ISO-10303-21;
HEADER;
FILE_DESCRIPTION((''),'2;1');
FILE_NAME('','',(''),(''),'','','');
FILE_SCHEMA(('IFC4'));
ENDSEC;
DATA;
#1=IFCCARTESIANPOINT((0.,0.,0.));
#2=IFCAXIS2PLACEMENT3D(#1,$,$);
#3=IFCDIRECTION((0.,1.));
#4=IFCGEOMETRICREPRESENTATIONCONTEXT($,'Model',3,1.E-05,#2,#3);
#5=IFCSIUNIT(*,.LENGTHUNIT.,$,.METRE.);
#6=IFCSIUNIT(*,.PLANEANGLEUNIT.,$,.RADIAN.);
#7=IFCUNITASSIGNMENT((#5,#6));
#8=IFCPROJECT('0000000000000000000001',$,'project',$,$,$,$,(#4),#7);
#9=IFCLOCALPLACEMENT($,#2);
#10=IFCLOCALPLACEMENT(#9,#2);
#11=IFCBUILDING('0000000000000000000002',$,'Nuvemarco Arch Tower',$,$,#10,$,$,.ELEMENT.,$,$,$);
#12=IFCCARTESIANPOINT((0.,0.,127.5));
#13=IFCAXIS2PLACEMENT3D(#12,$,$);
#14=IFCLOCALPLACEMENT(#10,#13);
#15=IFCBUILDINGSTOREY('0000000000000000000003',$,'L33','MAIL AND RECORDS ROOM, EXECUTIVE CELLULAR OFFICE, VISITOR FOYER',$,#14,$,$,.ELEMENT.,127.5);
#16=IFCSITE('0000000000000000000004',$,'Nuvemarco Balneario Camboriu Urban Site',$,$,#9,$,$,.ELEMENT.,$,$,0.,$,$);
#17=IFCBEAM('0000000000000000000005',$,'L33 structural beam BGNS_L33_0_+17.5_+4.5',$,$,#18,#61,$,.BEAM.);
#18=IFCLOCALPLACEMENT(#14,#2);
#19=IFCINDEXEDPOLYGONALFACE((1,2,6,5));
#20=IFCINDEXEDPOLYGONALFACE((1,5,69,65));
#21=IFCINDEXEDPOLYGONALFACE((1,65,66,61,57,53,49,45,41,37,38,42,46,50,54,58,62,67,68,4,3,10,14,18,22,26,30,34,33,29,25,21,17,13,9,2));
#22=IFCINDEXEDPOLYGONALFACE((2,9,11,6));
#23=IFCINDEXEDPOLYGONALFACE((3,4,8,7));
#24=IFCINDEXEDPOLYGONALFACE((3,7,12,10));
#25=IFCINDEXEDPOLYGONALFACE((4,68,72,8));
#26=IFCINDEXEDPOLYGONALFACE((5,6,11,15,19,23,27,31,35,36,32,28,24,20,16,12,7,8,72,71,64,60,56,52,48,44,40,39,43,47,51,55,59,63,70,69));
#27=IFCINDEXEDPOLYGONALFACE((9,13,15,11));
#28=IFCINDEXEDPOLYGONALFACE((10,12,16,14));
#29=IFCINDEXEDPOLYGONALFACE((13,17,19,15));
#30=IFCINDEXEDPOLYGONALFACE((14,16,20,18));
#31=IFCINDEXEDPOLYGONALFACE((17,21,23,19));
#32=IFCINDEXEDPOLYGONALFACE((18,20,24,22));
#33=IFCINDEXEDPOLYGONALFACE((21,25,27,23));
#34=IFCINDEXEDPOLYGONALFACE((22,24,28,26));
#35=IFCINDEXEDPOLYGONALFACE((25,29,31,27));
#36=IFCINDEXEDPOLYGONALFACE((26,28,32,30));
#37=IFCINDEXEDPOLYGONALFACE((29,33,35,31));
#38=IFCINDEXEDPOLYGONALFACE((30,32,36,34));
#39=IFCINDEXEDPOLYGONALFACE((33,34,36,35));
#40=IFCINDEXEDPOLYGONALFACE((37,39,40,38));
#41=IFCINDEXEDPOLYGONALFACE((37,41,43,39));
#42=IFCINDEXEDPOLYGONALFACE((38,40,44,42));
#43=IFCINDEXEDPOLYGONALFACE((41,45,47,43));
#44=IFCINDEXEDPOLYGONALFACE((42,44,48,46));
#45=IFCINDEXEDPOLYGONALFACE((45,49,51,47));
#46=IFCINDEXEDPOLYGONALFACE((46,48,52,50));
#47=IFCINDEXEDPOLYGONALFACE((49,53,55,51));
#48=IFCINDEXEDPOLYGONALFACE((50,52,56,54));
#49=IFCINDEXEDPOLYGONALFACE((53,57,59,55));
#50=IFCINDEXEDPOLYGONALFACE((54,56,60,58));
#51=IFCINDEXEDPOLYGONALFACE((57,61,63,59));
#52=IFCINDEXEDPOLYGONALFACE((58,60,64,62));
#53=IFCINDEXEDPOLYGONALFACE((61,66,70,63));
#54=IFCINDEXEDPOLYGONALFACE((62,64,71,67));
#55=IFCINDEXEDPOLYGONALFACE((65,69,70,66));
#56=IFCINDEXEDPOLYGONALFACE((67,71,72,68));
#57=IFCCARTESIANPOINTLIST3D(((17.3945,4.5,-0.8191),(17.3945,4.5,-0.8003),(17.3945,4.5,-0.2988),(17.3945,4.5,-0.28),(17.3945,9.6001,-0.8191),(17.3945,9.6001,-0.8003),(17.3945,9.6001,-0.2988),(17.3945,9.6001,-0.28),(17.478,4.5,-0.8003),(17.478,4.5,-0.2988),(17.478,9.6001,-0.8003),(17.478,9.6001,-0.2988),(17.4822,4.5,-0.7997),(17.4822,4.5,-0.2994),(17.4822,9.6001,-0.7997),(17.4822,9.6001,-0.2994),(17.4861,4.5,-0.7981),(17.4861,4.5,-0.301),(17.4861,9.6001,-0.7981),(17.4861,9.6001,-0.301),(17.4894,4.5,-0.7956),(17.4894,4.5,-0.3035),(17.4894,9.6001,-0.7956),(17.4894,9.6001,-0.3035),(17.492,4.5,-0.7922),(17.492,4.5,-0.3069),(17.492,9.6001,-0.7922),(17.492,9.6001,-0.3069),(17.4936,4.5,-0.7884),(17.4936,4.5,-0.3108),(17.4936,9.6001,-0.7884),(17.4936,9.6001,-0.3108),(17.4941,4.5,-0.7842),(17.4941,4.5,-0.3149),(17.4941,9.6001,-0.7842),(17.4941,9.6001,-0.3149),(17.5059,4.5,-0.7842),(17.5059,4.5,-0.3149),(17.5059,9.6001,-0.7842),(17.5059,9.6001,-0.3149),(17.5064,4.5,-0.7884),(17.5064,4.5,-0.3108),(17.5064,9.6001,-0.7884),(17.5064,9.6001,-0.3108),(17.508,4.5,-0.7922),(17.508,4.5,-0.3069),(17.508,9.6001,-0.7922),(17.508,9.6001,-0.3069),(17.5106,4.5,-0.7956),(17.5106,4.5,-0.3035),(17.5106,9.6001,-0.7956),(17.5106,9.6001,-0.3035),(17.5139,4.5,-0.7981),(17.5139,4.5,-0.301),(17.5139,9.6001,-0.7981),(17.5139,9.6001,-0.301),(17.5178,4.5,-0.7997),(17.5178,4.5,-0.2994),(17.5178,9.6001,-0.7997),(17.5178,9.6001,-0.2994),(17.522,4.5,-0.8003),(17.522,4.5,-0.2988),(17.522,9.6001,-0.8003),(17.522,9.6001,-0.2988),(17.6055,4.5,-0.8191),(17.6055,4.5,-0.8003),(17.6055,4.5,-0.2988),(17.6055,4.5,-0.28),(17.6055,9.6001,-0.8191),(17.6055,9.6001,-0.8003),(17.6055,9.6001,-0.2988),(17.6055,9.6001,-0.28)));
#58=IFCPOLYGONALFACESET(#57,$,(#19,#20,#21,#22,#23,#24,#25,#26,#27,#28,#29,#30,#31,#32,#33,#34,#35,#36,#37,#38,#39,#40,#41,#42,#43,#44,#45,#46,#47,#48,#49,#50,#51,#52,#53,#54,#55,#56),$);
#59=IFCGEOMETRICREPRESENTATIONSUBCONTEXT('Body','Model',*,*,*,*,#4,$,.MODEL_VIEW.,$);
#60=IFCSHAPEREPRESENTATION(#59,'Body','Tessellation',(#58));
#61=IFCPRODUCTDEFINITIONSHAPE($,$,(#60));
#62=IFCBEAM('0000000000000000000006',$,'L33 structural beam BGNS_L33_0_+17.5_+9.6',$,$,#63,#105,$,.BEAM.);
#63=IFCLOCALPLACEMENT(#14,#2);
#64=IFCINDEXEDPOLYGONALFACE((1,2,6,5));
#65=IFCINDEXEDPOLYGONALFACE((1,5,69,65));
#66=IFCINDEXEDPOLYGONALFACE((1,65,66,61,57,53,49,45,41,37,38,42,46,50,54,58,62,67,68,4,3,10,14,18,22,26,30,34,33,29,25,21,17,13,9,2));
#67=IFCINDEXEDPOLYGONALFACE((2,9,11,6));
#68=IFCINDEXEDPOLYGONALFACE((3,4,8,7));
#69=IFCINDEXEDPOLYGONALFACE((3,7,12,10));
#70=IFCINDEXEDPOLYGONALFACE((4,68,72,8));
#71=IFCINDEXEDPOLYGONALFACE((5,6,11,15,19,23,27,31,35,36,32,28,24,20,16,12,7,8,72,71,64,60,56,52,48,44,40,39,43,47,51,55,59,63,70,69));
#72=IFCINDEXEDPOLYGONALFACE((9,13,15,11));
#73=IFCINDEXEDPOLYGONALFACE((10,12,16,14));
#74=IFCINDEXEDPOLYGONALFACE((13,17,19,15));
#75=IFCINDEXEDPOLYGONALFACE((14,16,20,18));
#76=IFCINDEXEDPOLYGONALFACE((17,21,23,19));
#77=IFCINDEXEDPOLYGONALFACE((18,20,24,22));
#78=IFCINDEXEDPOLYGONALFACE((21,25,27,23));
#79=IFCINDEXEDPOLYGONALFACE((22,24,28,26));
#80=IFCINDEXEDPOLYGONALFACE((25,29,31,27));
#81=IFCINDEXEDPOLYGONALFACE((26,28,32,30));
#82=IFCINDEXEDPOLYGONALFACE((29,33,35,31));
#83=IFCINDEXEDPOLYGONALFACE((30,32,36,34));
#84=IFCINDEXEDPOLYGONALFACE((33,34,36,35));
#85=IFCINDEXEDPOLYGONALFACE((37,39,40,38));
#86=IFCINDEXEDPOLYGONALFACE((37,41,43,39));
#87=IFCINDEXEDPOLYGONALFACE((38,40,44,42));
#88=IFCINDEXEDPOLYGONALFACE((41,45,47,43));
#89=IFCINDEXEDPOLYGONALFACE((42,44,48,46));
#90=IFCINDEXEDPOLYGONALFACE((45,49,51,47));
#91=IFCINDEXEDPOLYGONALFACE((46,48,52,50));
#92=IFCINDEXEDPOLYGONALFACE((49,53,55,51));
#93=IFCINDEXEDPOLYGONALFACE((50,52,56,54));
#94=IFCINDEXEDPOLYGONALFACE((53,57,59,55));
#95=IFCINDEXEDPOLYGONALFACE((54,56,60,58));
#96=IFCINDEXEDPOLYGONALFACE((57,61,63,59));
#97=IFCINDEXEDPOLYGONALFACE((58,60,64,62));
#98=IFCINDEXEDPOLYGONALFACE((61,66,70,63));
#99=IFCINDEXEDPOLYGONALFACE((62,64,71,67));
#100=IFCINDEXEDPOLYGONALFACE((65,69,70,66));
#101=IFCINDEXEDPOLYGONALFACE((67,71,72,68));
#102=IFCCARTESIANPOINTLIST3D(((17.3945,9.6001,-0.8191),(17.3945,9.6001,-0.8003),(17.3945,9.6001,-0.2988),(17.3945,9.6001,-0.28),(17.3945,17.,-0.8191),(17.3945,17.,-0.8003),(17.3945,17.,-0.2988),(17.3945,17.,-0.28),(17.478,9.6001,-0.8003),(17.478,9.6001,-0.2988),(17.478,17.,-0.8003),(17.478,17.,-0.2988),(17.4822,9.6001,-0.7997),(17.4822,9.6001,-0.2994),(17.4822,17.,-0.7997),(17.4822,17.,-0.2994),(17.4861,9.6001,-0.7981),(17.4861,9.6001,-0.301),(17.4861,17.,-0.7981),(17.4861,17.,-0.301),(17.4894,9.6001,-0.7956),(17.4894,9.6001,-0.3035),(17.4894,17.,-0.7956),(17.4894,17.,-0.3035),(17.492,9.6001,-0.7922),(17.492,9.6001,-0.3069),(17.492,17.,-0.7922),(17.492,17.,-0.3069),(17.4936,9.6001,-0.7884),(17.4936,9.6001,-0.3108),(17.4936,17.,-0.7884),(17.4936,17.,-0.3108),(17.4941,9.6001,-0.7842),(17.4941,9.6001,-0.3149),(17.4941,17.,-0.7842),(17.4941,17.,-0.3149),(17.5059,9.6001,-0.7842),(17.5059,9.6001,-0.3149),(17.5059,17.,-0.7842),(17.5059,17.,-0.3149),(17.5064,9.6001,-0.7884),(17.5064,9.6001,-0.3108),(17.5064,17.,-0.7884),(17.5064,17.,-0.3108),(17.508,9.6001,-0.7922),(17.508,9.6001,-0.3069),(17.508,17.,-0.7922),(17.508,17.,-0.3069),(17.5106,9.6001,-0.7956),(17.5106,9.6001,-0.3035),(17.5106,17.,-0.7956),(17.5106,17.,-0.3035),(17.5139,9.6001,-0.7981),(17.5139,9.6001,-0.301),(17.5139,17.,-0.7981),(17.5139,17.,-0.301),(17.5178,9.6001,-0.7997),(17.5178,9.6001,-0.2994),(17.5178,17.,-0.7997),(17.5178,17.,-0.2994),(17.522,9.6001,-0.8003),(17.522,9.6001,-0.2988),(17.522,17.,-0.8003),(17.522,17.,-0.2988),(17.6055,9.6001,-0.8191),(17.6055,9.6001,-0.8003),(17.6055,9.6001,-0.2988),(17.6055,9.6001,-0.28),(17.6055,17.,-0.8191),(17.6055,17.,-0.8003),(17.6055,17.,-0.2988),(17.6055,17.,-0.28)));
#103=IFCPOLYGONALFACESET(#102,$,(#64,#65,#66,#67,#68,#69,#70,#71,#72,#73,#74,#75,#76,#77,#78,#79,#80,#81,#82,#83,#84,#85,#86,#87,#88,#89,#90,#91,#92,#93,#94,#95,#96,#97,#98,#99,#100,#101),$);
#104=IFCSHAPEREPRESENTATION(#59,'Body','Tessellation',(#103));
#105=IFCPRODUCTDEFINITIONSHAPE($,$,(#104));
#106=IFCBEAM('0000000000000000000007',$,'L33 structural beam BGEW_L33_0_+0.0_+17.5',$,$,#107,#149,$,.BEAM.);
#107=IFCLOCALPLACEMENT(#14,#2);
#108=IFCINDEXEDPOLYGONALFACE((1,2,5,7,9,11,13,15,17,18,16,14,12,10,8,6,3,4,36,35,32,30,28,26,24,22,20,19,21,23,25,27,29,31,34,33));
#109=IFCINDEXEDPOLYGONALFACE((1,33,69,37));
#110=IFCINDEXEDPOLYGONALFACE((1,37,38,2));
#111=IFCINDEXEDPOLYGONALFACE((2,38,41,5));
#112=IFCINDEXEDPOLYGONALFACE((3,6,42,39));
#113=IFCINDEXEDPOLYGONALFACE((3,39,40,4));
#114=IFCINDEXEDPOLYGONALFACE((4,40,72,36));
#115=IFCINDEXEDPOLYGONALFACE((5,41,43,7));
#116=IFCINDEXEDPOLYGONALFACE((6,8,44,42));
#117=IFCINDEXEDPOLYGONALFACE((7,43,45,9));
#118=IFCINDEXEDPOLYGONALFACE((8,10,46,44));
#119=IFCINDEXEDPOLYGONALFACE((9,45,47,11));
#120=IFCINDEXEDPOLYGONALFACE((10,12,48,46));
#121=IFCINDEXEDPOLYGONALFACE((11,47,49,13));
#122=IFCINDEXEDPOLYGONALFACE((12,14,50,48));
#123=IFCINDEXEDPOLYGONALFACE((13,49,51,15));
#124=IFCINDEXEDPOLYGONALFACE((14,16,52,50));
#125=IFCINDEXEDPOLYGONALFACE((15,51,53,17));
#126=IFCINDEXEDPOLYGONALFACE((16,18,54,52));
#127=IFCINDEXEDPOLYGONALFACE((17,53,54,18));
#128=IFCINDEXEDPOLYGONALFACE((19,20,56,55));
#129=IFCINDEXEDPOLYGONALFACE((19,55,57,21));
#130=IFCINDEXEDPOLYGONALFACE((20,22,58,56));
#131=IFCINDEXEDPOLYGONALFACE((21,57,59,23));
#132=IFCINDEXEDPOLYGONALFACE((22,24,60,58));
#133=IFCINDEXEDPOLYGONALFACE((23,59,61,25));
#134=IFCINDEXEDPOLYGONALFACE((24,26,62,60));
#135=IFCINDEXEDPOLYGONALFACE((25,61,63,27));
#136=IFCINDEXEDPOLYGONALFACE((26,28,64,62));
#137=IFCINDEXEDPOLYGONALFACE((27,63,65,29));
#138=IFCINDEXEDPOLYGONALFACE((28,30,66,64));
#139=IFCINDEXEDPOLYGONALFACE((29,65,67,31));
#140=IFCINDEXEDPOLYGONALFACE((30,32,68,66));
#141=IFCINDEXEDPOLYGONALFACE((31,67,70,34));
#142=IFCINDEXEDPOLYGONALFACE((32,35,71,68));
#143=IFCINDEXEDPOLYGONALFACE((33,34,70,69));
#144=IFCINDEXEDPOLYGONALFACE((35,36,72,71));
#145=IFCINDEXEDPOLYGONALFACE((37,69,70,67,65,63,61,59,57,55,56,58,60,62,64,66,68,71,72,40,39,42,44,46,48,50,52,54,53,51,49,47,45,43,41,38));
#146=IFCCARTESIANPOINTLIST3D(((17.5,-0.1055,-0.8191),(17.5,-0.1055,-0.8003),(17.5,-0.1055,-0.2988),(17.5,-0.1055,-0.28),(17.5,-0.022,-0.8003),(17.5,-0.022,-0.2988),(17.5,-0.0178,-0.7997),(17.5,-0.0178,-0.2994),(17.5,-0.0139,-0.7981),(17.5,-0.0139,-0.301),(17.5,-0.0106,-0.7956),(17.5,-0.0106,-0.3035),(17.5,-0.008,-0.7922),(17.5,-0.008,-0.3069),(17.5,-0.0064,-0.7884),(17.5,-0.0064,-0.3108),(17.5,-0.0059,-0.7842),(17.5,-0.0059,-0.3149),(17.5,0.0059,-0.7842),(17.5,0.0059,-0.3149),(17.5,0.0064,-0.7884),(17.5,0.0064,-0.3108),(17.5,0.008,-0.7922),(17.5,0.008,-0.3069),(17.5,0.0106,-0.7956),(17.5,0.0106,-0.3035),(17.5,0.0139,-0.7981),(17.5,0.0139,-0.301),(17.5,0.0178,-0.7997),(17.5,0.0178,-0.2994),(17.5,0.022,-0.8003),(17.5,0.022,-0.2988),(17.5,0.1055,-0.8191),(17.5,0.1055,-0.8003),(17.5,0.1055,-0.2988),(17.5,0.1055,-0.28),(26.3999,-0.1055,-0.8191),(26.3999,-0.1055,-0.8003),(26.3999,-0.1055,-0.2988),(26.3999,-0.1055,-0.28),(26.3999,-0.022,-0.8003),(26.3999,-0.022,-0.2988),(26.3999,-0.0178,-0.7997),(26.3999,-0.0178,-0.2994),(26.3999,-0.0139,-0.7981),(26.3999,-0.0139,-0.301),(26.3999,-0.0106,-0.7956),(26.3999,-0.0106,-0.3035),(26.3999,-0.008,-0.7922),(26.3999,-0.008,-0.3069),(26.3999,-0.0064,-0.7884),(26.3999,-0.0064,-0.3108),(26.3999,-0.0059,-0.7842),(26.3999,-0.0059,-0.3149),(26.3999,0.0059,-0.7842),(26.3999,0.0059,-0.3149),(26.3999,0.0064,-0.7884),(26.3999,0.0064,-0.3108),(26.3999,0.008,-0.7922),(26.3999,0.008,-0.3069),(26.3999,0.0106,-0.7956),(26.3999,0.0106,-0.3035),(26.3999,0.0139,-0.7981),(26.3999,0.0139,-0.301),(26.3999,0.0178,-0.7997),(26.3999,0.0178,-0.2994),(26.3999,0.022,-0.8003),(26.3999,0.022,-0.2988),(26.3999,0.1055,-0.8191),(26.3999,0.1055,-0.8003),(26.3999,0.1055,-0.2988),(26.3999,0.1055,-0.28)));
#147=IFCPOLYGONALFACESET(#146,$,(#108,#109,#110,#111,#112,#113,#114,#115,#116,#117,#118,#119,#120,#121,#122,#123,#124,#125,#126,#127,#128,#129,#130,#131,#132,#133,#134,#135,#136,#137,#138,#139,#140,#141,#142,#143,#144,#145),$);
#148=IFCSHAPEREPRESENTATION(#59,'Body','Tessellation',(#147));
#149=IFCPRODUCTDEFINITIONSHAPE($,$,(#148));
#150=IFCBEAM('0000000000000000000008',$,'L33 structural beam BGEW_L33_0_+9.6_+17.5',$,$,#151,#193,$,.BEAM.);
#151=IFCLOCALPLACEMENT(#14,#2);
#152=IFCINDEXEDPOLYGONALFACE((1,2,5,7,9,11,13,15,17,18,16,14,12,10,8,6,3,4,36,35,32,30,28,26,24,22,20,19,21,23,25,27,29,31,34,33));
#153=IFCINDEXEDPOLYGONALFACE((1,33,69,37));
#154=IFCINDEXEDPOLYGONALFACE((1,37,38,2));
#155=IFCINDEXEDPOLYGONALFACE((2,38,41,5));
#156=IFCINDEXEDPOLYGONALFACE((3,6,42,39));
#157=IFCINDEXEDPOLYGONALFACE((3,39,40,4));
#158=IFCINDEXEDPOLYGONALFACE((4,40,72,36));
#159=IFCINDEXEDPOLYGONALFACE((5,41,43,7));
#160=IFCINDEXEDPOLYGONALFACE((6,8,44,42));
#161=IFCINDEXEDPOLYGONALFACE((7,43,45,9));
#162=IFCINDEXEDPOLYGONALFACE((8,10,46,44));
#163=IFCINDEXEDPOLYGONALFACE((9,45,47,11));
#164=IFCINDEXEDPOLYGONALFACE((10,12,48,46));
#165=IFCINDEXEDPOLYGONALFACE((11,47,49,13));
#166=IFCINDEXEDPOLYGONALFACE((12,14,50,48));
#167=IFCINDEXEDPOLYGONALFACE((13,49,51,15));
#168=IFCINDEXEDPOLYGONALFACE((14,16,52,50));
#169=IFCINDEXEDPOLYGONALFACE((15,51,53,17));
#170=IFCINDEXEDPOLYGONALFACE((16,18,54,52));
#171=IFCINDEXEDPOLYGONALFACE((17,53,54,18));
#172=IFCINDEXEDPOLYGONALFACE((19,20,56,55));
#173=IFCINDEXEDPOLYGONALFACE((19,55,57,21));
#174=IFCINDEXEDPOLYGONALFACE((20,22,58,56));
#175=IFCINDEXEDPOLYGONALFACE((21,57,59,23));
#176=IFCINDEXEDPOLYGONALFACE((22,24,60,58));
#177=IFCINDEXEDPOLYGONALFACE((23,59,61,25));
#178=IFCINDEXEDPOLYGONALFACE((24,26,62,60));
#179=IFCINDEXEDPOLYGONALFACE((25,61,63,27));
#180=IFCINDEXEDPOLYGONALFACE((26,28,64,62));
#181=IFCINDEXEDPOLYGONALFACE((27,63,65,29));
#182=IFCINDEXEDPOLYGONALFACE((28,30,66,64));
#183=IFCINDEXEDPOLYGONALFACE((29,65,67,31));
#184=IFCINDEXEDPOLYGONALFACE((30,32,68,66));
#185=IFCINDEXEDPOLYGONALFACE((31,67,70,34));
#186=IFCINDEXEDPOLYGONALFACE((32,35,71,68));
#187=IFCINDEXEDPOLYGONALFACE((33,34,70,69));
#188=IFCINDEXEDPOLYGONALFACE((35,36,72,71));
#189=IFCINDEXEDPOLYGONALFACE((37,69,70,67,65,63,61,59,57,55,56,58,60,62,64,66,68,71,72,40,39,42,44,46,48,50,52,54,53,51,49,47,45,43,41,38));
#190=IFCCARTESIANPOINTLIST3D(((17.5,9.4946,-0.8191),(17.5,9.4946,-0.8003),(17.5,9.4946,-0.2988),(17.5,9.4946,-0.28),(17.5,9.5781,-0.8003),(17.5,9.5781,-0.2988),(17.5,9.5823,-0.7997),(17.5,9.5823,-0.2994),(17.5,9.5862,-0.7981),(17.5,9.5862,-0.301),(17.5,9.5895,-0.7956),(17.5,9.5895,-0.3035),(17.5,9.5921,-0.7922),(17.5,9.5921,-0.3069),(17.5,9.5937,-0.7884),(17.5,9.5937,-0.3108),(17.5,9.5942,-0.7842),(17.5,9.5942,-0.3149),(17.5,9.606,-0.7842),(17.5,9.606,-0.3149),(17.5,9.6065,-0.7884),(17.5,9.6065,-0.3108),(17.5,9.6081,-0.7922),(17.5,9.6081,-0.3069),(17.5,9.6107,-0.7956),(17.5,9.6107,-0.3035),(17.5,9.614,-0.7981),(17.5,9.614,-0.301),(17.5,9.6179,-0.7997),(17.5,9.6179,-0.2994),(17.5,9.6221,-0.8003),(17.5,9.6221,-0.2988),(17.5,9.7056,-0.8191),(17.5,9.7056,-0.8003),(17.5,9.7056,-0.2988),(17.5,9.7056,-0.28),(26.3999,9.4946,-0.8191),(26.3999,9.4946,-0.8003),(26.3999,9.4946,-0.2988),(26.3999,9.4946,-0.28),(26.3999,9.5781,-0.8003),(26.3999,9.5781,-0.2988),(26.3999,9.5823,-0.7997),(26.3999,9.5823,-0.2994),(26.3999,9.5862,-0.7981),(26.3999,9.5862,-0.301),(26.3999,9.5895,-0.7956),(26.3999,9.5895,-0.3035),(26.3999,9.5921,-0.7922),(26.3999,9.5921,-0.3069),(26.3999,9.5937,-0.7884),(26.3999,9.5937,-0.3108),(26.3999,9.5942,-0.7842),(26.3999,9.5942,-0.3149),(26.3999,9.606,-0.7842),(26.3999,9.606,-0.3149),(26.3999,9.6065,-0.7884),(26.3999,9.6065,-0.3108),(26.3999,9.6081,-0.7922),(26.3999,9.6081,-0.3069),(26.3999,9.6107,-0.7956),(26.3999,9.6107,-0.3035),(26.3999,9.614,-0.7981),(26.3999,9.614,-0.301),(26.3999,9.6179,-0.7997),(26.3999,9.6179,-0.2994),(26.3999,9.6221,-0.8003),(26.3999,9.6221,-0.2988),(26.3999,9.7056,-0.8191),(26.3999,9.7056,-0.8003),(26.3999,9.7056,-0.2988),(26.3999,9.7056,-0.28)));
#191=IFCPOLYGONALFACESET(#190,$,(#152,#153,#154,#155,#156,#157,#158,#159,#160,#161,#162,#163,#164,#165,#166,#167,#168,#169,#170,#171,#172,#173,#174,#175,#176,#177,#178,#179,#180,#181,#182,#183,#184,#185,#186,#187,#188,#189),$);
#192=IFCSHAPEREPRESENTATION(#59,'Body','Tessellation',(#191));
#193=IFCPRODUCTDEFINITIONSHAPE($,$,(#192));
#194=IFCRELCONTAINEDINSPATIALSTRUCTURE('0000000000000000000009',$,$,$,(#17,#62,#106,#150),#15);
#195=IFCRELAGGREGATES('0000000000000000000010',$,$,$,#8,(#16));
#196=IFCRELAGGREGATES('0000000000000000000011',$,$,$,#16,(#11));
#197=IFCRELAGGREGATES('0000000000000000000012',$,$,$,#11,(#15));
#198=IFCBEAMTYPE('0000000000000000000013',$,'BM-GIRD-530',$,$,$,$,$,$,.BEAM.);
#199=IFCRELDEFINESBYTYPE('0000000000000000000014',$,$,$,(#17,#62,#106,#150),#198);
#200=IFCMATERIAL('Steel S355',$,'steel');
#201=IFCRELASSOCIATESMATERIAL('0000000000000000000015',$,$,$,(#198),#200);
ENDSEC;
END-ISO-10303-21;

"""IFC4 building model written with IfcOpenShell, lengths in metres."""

from ifc_helpers import new_model, si_unit, direction, frame, origin, origin_2d, place, context, subcontext, project, spatial, i_section, extrude, material, material_profile, profile_set, type_object, element, save


model = new_model("IFC4")

# Units and contexts
model_context = context("Model", 3, precision=1e-05, world=origin(), true_north=direction((0.0, 1.0)))
body_context = subcontext(model_context, "Body", "Model", "MODEL_VIEW")
ifc_project = project(units=[si_unit("LENGTHUNIT", "METRE"), si_unit("PLANEANGLEUNIT", "RADIAN")], contexts=[model_context])

# Site, building, storey
site_placement = place(None, origin())
site = spatial("IfcSite", under=ifc_project, at=site_placement, Name="Nuvemarco Balneario Camboriu Urban Site", CompositionType="ELEMENT", RefElevation=0.0)
building_placement = place(site_placement, origin())
building = spatial("IfcBuilding", under=site, at=building_placement, Name="Nuvemarco Arch Tower", CompositionType="ELEMENT")
storey_placement = place(building_placement, frame((0.0, 0.0, 127.5)))
storey = spatial("IfcBuildingStorey", under=building, at=storey_placement, Name="L33", Description="MAIL AND RECORDS ROOM, EXECUTIVE CELLULAR OFFICE, VISITOR FOYER", CompositionType="ELEMENT", Elevation=127.5)

# Shared definitions
ifc_material_1 = material(Name="Steel S355", Category="steel")

# Beams
ifc_material_profile_1 = material_profile(ifc_material_1, i_section(OverallWidth=0.2109, OverallDepth=0.5391, WebThickness=0.0117, FlangeThickness=0.0188, FilletRadius=0.0161, at=origin_2d()), Name="W530x109")
ifc_profile_set_1 = profile_set([ifc_material_profile_1], Name="Steel S355")
beam_type_1 = type_object("IfcBeamType", Name="BM-GIRD-530", PredefinedType="BEAM", material=ifc_profile_set_1)
beam_1_placement = place(storey_placement, frame((17.5, 4.5, -0.5496), z_axis=(0.0, 1.0, 0.0), x_axis=(-1.0, 0.0, 0.0)))
element("IfcBeam", 1, at=beam_1_placement, inside=storey, type_object=beam_type_1, Name="L33 structural beam BGNS_L33_0_+17.5_+4.5", PredefinedType="BEAM", context=body_context, shape_type="SweptSolid", body=[
    extrude(i_section(OverallWidth=0.2109, OverallDepth=0.5391, WebThickness=0.0117, FlangeThickness=0.0188, FilletRadius=0.0161, at=origin_2d()), origin(), (0.0, 0.0, 1.0), 5.1001),
])
beam_2_placement = place(storey_placement, frame((17.5, 9.6001, -0.5496), z_axis=(0.0, 1.0, 0.0), x_axis=(-1.0, 0.0, 0.0)))
element("IfcBeam", 2, at=beam_2_placement, inside=storey, type_object=beam_type_1, Name="L33 structural beam BGNS_L33_0_+17.5_+9.6", PredefinedType="BEAM", context=body_context, shape_type="SweptSolid", body=[
    extrude(i_section(OverallWidth=0.2109, OverallDepth=0.5391, WebThickness=0.0117, FlangeThickness=0.0188, FilletRadius=0.0161, at=origin_2d()), origin(), (0.0, 0.0, 1.0), 7.3999),
])
for number, where, z_axis, x_axis, name in (
    (3, (17.5, 0.0, -0.5496), (1.0, 0.0, 0.0), (0.0, 1.0, 0.0), "L33 structural beam BGEW_L33_0_+0.0_+17.5"),
    (4, (17.5, 9.6001, -0.5496), (1.0, 0.0, 0.0), (0.0, 1.0, 0.0), "L33 structural beam BGEW_L33_0_+9.6_+17.5"),
):
    element("IfcBeam", number, at=place(storey_placement, frame(where, z_axis=z_axis, x_axis=x_axis)), inside=storey, type_object=beam_type_1, Name=name, PredefinedType="BEAM", context=body_context, shape_type="SweptSolid", body=[
        extrude(i_section(OverallWidth=0.2109, OverallDepth=0.5391, WebThickness=0.0117, FlangeThickness=0.0188, FilletRadius=0.0161, at=origin_2d()), origin(), (0.0, 0.0, 1.0), 8.8999),
    ])

save(model, "model.ifc")
